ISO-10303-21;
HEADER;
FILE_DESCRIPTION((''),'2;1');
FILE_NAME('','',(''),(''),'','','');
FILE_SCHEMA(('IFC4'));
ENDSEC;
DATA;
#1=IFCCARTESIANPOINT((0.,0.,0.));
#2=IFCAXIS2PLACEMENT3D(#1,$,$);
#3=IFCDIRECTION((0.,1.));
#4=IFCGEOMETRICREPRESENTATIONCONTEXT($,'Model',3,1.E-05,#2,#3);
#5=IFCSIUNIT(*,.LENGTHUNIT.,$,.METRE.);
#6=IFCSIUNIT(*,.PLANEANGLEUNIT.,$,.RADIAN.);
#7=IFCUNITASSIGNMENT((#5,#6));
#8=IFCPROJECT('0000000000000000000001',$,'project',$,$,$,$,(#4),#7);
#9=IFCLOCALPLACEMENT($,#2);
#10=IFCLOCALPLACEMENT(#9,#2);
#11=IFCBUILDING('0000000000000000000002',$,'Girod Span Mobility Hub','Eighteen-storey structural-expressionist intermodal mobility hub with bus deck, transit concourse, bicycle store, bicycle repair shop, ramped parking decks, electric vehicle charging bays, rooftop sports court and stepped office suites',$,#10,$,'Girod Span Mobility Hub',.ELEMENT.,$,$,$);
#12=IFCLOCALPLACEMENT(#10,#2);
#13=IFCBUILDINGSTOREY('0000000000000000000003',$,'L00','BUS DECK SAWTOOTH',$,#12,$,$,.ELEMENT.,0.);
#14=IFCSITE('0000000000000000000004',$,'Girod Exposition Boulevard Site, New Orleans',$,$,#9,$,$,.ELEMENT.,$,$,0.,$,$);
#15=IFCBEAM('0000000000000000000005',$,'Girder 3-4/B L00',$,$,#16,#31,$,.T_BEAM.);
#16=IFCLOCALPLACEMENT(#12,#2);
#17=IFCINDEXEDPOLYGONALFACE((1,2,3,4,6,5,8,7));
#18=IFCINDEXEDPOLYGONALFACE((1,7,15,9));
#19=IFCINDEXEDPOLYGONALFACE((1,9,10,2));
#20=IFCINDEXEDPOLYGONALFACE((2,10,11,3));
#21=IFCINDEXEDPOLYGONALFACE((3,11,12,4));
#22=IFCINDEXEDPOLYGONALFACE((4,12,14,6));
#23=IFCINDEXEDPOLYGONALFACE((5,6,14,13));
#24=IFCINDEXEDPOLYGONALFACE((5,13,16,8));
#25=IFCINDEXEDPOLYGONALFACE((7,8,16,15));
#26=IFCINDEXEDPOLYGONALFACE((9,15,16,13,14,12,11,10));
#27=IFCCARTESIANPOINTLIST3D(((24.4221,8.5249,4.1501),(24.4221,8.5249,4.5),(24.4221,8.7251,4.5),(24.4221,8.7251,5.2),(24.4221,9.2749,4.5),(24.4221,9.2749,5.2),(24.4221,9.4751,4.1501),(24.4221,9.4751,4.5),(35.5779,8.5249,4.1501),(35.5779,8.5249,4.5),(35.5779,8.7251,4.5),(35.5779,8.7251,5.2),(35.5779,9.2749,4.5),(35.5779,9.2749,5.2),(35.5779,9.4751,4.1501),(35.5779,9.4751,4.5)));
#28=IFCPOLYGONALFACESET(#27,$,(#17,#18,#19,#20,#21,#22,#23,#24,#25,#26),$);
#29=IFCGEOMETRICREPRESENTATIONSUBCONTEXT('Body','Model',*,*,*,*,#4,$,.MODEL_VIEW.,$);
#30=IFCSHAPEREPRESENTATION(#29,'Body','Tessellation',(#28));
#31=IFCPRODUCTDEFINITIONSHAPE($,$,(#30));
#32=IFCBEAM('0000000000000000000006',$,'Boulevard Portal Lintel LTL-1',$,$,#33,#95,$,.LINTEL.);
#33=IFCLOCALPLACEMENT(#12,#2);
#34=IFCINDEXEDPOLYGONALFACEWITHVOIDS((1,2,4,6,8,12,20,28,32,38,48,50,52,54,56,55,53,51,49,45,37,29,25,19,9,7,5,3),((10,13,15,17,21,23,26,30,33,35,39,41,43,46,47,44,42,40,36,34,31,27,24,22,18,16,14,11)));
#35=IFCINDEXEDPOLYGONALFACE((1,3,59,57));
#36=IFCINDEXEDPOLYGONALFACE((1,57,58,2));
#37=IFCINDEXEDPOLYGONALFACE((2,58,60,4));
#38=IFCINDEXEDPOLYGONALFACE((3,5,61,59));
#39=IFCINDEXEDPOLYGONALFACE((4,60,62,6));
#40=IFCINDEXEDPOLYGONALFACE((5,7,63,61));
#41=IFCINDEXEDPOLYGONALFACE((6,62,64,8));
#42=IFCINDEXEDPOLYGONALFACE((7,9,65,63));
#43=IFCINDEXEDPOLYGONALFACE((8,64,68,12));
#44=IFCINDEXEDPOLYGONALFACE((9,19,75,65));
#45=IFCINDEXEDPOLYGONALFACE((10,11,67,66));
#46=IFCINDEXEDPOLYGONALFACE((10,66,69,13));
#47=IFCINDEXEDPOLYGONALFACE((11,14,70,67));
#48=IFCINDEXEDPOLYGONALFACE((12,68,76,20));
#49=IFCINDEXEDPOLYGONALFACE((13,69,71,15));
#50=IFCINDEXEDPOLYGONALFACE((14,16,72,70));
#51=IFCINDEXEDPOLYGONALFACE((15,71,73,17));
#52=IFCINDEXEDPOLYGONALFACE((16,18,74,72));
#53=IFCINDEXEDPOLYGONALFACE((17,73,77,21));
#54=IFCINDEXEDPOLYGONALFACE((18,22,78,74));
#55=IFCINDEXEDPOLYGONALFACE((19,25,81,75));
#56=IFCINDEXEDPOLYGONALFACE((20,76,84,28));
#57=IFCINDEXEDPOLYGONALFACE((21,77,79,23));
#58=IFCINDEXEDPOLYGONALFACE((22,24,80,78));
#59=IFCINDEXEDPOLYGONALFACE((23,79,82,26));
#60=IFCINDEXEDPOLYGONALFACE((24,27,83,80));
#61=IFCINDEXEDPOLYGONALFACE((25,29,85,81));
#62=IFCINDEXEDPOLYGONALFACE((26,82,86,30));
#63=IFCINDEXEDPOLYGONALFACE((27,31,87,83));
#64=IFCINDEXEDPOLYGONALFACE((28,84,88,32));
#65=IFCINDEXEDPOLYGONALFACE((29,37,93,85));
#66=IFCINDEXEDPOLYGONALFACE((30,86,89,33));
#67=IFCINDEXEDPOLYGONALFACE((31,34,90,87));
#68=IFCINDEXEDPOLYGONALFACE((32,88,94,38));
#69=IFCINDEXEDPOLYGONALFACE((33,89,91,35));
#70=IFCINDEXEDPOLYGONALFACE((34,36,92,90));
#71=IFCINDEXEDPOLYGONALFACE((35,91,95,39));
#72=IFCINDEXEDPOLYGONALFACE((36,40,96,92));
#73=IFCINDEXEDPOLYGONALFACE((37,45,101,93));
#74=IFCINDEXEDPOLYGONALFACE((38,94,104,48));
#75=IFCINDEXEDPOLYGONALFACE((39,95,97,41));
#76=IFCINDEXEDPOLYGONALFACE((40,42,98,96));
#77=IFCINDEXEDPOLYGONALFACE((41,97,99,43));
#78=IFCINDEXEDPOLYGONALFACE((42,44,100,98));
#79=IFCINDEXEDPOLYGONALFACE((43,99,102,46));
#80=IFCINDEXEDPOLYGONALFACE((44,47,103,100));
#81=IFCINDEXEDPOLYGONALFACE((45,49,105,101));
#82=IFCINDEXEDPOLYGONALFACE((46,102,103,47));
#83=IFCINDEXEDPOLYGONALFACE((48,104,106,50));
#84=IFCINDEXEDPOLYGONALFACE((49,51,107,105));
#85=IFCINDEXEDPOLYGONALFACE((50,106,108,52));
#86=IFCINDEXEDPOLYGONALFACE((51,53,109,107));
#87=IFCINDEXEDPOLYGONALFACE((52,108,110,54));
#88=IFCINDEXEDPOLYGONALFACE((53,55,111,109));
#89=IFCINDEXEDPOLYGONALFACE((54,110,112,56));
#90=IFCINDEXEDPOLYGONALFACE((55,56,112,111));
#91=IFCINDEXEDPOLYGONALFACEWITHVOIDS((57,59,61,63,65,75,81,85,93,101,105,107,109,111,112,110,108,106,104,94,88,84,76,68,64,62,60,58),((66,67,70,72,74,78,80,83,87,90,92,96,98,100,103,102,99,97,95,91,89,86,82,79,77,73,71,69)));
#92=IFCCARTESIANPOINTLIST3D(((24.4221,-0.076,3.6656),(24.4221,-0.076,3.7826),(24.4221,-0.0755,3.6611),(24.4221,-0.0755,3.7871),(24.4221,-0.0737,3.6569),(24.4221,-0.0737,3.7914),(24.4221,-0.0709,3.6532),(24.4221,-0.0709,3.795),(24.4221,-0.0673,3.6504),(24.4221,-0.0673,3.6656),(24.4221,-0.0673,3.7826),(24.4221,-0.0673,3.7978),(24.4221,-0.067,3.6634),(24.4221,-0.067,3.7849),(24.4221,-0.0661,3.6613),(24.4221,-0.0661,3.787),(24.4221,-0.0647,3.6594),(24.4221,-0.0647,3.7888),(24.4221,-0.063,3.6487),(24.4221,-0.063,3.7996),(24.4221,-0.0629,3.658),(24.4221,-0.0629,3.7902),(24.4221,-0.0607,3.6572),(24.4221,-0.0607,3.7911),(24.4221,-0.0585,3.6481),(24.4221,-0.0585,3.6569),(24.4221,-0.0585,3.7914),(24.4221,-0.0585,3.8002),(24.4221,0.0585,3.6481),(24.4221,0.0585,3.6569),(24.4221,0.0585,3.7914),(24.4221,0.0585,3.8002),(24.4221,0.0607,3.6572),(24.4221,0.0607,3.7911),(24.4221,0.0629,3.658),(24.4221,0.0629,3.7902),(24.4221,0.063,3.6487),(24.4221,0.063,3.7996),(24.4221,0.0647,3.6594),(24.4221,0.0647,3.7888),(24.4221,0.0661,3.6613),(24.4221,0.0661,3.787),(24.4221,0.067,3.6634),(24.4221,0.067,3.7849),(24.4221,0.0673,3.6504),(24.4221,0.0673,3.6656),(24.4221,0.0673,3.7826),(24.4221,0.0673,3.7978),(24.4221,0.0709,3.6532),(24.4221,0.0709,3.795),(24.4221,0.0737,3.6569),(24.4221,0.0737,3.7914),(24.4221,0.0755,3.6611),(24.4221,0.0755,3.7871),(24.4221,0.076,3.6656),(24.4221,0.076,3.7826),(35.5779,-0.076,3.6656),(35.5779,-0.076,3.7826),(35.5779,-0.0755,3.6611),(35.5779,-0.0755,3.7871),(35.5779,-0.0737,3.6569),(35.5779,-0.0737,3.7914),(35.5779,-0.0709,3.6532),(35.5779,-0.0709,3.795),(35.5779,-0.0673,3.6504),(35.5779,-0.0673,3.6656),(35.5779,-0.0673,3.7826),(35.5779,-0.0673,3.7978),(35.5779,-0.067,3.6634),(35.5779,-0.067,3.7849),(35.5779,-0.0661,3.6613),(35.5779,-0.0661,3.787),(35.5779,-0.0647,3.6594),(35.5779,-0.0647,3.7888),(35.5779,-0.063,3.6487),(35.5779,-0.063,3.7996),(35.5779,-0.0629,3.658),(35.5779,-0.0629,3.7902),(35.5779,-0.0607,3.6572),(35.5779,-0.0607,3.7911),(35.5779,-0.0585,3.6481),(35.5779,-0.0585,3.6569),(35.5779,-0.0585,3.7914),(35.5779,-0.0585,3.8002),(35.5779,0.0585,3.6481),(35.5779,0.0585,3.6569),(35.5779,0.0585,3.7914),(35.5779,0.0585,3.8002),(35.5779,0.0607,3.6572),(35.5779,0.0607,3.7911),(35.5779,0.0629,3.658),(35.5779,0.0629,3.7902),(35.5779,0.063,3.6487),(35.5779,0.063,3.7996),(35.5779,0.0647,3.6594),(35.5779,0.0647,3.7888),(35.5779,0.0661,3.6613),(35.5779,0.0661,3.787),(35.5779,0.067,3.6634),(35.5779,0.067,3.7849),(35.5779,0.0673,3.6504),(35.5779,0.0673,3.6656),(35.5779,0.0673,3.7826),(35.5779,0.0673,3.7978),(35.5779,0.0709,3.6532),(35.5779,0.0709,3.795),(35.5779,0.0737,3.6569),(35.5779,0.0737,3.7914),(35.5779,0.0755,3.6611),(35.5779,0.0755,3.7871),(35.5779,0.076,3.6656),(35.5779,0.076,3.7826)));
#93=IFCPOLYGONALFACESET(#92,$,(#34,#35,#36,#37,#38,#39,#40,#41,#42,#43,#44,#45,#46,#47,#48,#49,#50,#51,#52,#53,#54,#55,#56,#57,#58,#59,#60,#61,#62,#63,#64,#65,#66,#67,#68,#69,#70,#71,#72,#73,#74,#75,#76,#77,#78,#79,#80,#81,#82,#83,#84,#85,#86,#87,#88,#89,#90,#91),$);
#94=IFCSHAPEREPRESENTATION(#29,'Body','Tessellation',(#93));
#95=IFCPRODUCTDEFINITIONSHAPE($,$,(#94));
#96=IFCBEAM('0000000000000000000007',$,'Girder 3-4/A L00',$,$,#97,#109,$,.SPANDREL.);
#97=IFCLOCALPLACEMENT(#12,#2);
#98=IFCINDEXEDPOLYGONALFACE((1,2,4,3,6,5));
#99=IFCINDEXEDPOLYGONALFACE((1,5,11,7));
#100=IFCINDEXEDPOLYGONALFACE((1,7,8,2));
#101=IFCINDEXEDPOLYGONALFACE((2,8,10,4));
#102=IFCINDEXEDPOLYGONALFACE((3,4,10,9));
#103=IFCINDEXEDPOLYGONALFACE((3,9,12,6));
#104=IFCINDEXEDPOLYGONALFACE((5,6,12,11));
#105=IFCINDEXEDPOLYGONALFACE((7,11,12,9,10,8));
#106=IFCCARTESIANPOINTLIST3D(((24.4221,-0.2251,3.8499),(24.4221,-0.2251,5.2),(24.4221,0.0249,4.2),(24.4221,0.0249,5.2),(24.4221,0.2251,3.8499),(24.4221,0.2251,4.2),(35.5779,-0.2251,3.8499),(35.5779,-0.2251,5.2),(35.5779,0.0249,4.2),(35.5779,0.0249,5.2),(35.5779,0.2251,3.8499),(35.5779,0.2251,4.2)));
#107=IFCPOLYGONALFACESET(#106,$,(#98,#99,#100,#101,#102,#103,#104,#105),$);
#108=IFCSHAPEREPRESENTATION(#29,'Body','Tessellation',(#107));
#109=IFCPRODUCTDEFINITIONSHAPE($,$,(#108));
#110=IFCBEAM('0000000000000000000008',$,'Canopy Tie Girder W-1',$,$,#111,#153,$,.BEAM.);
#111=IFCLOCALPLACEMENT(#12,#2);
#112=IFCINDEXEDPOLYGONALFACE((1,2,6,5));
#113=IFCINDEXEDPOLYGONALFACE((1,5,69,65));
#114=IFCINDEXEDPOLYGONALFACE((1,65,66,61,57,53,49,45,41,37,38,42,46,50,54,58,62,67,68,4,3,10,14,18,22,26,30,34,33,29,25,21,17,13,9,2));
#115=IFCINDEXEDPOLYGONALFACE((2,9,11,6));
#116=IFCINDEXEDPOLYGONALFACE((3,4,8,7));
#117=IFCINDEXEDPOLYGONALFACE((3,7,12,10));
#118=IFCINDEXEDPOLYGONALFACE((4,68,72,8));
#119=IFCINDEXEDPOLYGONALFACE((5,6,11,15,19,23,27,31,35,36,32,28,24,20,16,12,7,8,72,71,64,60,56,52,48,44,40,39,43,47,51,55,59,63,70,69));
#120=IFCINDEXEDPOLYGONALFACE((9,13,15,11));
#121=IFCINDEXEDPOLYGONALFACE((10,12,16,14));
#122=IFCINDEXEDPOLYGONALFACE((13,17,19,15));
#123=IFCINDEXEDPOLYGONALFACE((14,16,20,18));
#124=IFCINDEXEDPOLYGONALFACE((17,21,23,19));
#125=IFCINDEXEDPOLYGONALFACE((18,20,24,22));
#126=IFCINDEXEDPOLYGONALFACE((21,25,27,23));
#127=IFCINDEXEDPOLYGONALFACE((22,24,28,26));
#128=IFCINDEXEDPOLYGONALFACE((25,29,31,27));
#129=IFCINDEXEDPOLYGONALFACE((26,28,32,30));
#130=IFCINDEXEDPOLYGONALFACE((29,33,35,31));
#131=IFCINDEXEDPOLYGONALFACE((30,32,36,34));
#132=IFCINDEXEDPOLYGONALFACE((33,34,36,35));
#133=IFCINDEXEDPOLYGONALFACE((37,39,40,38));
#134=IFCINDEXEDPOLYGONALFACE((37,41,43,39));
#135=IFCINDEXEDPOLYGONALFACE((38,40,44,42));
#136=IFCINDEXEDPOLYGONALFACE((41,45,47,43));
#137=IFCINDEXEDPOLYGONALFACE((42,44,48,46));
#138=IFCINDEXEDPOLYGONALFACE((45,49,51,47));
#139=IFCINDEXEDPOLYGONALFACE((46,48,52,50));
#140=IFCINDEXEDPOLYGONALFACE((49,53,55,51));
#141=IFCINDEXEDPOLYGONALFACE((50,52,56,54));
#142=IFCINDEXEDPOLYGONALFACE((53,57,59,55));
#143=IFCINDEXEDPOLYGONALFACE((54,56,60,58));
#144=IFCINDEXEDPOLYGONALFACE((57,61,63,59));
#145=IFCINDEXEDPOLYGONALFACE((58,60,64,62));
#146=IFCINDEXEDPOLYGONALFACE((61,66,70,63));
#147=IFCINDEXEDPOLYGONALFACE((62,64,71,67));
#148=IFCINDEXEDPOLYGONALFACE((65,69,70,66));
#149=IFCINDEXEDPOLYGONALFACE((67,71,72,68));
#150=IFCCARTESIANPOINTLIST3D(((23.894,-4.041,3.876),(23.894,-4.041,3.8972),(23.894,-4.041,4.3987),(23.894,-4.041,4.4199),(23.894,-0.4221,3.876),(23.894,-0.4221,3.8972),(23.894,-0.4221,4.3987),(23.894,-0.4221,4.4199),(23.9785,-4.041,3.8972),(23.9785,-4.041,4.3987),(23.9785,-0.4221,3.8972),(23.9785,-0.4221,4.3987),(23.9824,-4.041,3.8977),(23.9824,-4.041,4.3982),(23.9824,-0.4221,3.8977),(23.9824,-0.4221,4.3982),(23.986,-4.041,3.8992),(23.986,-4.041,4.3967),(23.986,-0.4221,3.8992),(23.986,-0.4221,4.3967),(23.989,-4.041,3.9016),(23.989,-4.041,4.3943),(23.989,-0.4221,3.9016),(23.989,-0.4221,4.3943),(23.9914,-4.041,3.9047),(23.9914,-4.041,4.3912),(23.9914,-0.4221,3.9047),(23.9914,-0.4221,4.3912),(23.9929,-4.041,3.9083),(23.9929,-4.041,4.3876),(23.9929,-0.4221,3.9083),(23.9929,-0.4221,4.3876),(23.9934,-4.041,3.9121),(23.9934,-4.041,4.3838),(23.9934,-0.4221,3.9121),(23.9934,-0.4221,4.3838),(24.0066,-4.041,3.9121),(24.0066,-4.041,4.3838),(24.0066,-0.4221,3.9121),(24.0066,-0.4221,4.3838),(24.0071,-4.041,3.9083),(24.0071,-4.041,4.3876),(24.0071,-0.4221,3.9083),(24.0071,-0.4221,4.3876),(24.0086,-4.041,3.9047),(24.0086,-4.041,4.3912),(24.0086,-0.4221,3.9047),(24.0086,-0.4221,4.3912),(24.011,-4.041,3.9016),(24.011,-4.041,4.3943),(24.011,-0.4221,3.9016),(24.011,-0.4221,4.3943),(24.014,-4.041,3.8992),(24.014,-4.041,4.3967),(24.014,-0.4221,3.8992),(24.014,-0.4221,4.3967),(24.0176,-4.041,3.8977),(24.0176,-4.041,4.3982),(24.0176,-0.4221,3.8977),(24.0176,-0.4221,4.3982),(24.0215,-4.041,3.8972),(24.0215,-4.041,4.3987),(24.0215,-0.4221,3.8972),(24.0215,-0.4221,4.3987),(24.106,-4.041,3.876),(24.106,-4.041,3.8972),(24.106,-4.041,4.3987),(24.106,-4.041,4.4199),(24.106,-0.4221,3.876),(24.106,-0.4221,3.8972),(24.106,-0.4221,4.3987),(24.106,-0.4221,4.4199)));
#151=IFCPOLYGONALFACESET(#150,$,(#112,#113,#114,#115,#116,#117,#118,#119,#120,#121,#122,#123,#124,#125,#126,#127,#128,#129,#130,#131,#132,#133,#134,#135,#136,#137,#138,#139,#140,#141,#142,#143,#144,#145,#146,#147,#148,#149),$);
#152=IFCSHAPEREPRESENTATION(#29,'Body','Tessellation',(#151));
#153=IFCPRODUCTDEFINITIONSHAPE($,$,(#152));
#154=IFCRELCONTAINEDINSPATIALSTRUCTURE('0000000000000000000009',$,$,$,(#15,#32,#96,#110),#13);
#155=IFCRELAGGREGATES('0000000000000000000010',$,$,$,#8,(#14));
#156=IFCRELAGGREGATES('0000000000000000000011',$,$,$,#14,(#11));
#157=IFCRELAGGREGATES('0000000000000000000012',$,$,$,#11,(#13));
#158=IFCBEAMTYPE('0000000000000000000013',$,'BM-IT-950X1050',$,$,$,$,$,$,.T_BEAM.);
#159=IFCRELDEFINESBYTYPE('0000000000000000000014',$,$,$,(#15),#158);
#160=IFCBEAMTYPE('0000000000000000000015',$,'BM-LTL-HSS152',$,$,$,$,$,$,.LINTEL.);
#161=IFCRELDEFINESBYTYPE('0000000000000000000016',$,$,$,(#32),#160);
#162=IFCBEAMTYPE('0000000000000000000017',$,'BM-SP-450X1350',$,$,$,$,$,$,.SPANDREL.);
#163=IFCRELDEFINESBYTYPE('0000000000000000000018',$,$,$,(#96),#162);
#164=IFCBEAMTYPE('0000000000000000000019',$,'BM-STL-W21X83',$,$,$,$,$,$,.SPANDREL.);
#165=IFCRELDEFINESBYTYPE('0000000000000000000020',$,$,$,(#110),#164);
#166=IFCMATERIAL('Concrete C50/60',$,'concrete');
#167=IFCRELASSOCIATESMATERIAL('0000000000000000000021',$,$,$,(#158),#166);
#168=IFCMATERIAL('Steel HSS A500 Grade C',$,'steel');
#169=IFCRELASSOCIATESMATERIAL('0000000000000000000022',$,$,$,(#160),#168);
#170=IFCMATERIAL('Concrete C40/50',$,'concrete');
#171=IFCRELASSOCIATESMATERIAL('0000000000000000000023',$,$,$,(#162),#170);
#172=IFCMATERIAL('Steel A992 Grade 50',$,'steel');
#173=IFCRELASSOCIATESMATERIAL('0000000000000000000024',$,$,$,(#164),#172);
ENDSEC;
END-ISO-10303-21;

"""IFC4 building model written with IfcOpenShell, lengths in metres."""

from ifc_helpers import new_model, si_unit, direction, frame, origin, origin_2d, place, context, subcontext, project, spatial, polyline, hollow_rectangle, i_section, outline, extrude, material, material_profile, profile_set, type_object, element, save


model = new_model("IFC4")

# Units and contexts
model_context = context("Model", 3, precision=1e-05, world=origin(), true_north=direction((0.0, 1.0)))
body_context = subcontext(model_context, "Body", "Model", "MODEL_VIEW")
ifc_project = project(units=[si_unit("LENGTHUNIT", "METRE"), si_unit("PLANEANGLEUNIT", "RADIAN")], contexts=[model_context])

# Site, building, storey
site_placement = place(None, origin())
site = spatial("IfcSite", under=ifc_project, at=site_placement, Name="Girod Exposition Boulevard Site, New Orleans", CompositionType="ELEMENT", RefElevation=0.0)
building_placement = place(site_placement, origin())
building = spatial("IfcBuilding", under=site, at=building_placement, Name="Girod Span Mobility Hub", Description="Eighteen-storey structural-expressionist intermodal mobility hub with bus deck, transit concourse, bicycle store, bicycle repair shop, ramped parking decks, electric vehicle charging bays, rooftop sports court and stepped office suites", LongName="Girod Span Mobility Hub", CompositionType="ELEMENT")
storey_placement = place(building_placement, origin())
storey = spatial("IfcBuildingStorey", under=building, at=storey_placement, Name="L00", Description="BUS DECK SAWTOOTH", CompositionType="ELEMENT", Elevation=0.0)

# Beams
ifc_material_1 = material(Name="Concrete C50/60", Category="concrete")
ifc_material_profile_1 = material_profile(ifc_material_1, outline(polyline([(-0.4751, -0.5249), (0.4751, -0.5249), (0.4751, -0.175), (0.2749, -0.175), (0.2749, 0.5249), (-0.2749, 0.5249), (-0.2749, -0.175), (-0.4751, -0.175), (-0.4751, -0.5249)])), Name="IT-950X1050")
ifc_profile_set_1 = profile_set([ifc_material_profile_1], Name="Concrete C50/60")
beam_type_1 = type_object("IfcBeamType", Name="BM-IT-950X1050", PredefinedType="T_BEAM", material=ifc_profile_set_1)
beam_1_placement = place(storey_placement, frame((24.4221, 9.0, 4.675), z_axis=(1.0, 0.0, 0.0), x_axis=(0.0, 1.0, 0.0)))
element("IfcBeam", 1, at=beam_1_placement, inside=storey, type_object=beam_type_1, Name="Girder 3-4/B L00", PredefinedType="T_BEAM", context=body_context, shape_type="SweptSolid", body=[
    extrude(outline(polyline([(-0.4751, -0.5249), (0.4751, -0.5249), (0.4751, -0.175), (0.2749, -0.175), (0.2749, 0.5249), (-0.2749, 0.5249), (-0.2749, -0.175), (-0.4751, -0.175), (-0.4751, -0.5249)])), origin(), (0.0, 0.0, 1.0), 11.1558),
])
ifc_material_2 = material(Name="Steel HSS A500 Grade C", Category="steel")
ifc_material_profile_2 = material_profile(ifc_material_2, hollow_rectangle(XDim=0.1521, YDim=0.1521, WallThickness=0.0088, InnerFilletRadius=0.0088, OuterFilletRadius=0.0176, at=origin_2d()), Name="HSS152X152X9.5")
ifc_profile_set_2 = profile_set([ifc_material_profile_2], Name="Steel HSS A500 Grade C")
beam_type_2 = type_object("IfcBeamType", Name="BM-LTL-HSS152", PredefinedType="LINTEL", material=ifc_profile_set_2)
beam_2_placement = place(storey_placement, frame((24.4221, 0.0, 3.7241), z_axis=(1.0, 0.0, 0.0), x_axis=(0.0, 1.0, 0.0)))
element("IfcBeam", 2, at=beam_2_placement, inside=storey, type_object=beam_type_2, Name="Boulevard Portal Lintel LTL-1", PredefinedType="LINTEL", context=body_context, shape_type="SweptSolid", body=[
    extrude(hollow_rectangle(XDim=0.1521, YDim=0.1521, WallThickness=0.0088, InnerFilletRadius=0.0088, OuterFilletRadius=0.0176, at=origin_2d()), origin(), (0.0, 0.0, 1.0), 11.1558),
])
ifc_material_3 = material(Name="Concrete C40/50", Category="concrete")
ifc_material_profile_3 = material_profile(ifc_material_3, outline(polyline([(-0.2251, -0.675), (0.2251, -0.675), (0.2251, -0.325), (0.0249, -0.325), (0.0249, 0.675), (-0.2251, 0.675), (-0.2251, -0.675)])), Name="SP-450X1350")
ifc_profile_set_3 = profile_set([ifc_material_profile_3], Name="Concrete C40/50")
beam_type_3 = type_object("IfcBeamType", Name="BM-SP-450X1350", PredefinedType="SPANDREL", material=ifc_profile_set_3)
beam_3_placement = place(storey_placement, frame((24.4221, 0.0, 4.5249), z_axis=(1.0, 0.0, 0.0), x_axis=(0.0, 1.0, 0.0)))
element("IfcBeam", 3, at=beam_3_placement, inside=storey, type_object=beam_type_3, Name="Girder 3-4/A L00", PredefinedType="SPANDREL", context=body_context, shape_type="SweptSolid", body=[
    extrude(outline(polyline([(-0.2251, -0.675), (0.2251, -0.675), (0.2251, -0.325), (0.0249, -0.325), (0.0249, 0.675), (-0.2251, 0.675), (-0.2251, -0.675)])), origin(), (0.0, 0.0, 1.0), 11.1558),
])
ifc_material_4 = material(Name="Steel A992 Grade 50", Category="steel")
ifc_material_profile_4 = material_profile(ifc_material_4, i_section(OverallWidth=0.2119, OverallDepth=0.5439, WebThickness=0.0132, FlangeThickness=0.0212, FilletRadius=0.0149, at=origin_2d()), Name="W21X83")
ifc_profile_set_4 = profile_set([ifc_material_profile_4], Name="Steel A992 Grade 50")
beam_type_4 = type_object("IfcBeamType", Name="BM-STL-W21X83", PredefinedType="SPANDREL", material=ifc_profile_set_4)
for number, where, z_axis, x_axis, name in (
    (4, (24.0, -4.041, 4.1479), (0.0, 1.0, 0.0), (-1.0, 0.0, 0.0), "Canopy Tie Girder W-1"),
):
    element("IfcBeam", number, at=place(storey_placement, frame(where, z_axis=z_axis, x_axis=x_axis)), inside=storey, type_object=beam_type_4, Name=name, PredefinedType="BEAM", context=body_context, shape_type="SweptSolid", body=[
        extrude(i_section(OverallWidth=0.2119, OverallDepth=0.5439, WebThickness=0.0132, FlangeThickness=0.0212, FilletRadius=0.0149, at=origin_2d()), origin(), (0.0, 0.0, 1.0), 3.6189),
    ])

save(model, "model.ifc")
